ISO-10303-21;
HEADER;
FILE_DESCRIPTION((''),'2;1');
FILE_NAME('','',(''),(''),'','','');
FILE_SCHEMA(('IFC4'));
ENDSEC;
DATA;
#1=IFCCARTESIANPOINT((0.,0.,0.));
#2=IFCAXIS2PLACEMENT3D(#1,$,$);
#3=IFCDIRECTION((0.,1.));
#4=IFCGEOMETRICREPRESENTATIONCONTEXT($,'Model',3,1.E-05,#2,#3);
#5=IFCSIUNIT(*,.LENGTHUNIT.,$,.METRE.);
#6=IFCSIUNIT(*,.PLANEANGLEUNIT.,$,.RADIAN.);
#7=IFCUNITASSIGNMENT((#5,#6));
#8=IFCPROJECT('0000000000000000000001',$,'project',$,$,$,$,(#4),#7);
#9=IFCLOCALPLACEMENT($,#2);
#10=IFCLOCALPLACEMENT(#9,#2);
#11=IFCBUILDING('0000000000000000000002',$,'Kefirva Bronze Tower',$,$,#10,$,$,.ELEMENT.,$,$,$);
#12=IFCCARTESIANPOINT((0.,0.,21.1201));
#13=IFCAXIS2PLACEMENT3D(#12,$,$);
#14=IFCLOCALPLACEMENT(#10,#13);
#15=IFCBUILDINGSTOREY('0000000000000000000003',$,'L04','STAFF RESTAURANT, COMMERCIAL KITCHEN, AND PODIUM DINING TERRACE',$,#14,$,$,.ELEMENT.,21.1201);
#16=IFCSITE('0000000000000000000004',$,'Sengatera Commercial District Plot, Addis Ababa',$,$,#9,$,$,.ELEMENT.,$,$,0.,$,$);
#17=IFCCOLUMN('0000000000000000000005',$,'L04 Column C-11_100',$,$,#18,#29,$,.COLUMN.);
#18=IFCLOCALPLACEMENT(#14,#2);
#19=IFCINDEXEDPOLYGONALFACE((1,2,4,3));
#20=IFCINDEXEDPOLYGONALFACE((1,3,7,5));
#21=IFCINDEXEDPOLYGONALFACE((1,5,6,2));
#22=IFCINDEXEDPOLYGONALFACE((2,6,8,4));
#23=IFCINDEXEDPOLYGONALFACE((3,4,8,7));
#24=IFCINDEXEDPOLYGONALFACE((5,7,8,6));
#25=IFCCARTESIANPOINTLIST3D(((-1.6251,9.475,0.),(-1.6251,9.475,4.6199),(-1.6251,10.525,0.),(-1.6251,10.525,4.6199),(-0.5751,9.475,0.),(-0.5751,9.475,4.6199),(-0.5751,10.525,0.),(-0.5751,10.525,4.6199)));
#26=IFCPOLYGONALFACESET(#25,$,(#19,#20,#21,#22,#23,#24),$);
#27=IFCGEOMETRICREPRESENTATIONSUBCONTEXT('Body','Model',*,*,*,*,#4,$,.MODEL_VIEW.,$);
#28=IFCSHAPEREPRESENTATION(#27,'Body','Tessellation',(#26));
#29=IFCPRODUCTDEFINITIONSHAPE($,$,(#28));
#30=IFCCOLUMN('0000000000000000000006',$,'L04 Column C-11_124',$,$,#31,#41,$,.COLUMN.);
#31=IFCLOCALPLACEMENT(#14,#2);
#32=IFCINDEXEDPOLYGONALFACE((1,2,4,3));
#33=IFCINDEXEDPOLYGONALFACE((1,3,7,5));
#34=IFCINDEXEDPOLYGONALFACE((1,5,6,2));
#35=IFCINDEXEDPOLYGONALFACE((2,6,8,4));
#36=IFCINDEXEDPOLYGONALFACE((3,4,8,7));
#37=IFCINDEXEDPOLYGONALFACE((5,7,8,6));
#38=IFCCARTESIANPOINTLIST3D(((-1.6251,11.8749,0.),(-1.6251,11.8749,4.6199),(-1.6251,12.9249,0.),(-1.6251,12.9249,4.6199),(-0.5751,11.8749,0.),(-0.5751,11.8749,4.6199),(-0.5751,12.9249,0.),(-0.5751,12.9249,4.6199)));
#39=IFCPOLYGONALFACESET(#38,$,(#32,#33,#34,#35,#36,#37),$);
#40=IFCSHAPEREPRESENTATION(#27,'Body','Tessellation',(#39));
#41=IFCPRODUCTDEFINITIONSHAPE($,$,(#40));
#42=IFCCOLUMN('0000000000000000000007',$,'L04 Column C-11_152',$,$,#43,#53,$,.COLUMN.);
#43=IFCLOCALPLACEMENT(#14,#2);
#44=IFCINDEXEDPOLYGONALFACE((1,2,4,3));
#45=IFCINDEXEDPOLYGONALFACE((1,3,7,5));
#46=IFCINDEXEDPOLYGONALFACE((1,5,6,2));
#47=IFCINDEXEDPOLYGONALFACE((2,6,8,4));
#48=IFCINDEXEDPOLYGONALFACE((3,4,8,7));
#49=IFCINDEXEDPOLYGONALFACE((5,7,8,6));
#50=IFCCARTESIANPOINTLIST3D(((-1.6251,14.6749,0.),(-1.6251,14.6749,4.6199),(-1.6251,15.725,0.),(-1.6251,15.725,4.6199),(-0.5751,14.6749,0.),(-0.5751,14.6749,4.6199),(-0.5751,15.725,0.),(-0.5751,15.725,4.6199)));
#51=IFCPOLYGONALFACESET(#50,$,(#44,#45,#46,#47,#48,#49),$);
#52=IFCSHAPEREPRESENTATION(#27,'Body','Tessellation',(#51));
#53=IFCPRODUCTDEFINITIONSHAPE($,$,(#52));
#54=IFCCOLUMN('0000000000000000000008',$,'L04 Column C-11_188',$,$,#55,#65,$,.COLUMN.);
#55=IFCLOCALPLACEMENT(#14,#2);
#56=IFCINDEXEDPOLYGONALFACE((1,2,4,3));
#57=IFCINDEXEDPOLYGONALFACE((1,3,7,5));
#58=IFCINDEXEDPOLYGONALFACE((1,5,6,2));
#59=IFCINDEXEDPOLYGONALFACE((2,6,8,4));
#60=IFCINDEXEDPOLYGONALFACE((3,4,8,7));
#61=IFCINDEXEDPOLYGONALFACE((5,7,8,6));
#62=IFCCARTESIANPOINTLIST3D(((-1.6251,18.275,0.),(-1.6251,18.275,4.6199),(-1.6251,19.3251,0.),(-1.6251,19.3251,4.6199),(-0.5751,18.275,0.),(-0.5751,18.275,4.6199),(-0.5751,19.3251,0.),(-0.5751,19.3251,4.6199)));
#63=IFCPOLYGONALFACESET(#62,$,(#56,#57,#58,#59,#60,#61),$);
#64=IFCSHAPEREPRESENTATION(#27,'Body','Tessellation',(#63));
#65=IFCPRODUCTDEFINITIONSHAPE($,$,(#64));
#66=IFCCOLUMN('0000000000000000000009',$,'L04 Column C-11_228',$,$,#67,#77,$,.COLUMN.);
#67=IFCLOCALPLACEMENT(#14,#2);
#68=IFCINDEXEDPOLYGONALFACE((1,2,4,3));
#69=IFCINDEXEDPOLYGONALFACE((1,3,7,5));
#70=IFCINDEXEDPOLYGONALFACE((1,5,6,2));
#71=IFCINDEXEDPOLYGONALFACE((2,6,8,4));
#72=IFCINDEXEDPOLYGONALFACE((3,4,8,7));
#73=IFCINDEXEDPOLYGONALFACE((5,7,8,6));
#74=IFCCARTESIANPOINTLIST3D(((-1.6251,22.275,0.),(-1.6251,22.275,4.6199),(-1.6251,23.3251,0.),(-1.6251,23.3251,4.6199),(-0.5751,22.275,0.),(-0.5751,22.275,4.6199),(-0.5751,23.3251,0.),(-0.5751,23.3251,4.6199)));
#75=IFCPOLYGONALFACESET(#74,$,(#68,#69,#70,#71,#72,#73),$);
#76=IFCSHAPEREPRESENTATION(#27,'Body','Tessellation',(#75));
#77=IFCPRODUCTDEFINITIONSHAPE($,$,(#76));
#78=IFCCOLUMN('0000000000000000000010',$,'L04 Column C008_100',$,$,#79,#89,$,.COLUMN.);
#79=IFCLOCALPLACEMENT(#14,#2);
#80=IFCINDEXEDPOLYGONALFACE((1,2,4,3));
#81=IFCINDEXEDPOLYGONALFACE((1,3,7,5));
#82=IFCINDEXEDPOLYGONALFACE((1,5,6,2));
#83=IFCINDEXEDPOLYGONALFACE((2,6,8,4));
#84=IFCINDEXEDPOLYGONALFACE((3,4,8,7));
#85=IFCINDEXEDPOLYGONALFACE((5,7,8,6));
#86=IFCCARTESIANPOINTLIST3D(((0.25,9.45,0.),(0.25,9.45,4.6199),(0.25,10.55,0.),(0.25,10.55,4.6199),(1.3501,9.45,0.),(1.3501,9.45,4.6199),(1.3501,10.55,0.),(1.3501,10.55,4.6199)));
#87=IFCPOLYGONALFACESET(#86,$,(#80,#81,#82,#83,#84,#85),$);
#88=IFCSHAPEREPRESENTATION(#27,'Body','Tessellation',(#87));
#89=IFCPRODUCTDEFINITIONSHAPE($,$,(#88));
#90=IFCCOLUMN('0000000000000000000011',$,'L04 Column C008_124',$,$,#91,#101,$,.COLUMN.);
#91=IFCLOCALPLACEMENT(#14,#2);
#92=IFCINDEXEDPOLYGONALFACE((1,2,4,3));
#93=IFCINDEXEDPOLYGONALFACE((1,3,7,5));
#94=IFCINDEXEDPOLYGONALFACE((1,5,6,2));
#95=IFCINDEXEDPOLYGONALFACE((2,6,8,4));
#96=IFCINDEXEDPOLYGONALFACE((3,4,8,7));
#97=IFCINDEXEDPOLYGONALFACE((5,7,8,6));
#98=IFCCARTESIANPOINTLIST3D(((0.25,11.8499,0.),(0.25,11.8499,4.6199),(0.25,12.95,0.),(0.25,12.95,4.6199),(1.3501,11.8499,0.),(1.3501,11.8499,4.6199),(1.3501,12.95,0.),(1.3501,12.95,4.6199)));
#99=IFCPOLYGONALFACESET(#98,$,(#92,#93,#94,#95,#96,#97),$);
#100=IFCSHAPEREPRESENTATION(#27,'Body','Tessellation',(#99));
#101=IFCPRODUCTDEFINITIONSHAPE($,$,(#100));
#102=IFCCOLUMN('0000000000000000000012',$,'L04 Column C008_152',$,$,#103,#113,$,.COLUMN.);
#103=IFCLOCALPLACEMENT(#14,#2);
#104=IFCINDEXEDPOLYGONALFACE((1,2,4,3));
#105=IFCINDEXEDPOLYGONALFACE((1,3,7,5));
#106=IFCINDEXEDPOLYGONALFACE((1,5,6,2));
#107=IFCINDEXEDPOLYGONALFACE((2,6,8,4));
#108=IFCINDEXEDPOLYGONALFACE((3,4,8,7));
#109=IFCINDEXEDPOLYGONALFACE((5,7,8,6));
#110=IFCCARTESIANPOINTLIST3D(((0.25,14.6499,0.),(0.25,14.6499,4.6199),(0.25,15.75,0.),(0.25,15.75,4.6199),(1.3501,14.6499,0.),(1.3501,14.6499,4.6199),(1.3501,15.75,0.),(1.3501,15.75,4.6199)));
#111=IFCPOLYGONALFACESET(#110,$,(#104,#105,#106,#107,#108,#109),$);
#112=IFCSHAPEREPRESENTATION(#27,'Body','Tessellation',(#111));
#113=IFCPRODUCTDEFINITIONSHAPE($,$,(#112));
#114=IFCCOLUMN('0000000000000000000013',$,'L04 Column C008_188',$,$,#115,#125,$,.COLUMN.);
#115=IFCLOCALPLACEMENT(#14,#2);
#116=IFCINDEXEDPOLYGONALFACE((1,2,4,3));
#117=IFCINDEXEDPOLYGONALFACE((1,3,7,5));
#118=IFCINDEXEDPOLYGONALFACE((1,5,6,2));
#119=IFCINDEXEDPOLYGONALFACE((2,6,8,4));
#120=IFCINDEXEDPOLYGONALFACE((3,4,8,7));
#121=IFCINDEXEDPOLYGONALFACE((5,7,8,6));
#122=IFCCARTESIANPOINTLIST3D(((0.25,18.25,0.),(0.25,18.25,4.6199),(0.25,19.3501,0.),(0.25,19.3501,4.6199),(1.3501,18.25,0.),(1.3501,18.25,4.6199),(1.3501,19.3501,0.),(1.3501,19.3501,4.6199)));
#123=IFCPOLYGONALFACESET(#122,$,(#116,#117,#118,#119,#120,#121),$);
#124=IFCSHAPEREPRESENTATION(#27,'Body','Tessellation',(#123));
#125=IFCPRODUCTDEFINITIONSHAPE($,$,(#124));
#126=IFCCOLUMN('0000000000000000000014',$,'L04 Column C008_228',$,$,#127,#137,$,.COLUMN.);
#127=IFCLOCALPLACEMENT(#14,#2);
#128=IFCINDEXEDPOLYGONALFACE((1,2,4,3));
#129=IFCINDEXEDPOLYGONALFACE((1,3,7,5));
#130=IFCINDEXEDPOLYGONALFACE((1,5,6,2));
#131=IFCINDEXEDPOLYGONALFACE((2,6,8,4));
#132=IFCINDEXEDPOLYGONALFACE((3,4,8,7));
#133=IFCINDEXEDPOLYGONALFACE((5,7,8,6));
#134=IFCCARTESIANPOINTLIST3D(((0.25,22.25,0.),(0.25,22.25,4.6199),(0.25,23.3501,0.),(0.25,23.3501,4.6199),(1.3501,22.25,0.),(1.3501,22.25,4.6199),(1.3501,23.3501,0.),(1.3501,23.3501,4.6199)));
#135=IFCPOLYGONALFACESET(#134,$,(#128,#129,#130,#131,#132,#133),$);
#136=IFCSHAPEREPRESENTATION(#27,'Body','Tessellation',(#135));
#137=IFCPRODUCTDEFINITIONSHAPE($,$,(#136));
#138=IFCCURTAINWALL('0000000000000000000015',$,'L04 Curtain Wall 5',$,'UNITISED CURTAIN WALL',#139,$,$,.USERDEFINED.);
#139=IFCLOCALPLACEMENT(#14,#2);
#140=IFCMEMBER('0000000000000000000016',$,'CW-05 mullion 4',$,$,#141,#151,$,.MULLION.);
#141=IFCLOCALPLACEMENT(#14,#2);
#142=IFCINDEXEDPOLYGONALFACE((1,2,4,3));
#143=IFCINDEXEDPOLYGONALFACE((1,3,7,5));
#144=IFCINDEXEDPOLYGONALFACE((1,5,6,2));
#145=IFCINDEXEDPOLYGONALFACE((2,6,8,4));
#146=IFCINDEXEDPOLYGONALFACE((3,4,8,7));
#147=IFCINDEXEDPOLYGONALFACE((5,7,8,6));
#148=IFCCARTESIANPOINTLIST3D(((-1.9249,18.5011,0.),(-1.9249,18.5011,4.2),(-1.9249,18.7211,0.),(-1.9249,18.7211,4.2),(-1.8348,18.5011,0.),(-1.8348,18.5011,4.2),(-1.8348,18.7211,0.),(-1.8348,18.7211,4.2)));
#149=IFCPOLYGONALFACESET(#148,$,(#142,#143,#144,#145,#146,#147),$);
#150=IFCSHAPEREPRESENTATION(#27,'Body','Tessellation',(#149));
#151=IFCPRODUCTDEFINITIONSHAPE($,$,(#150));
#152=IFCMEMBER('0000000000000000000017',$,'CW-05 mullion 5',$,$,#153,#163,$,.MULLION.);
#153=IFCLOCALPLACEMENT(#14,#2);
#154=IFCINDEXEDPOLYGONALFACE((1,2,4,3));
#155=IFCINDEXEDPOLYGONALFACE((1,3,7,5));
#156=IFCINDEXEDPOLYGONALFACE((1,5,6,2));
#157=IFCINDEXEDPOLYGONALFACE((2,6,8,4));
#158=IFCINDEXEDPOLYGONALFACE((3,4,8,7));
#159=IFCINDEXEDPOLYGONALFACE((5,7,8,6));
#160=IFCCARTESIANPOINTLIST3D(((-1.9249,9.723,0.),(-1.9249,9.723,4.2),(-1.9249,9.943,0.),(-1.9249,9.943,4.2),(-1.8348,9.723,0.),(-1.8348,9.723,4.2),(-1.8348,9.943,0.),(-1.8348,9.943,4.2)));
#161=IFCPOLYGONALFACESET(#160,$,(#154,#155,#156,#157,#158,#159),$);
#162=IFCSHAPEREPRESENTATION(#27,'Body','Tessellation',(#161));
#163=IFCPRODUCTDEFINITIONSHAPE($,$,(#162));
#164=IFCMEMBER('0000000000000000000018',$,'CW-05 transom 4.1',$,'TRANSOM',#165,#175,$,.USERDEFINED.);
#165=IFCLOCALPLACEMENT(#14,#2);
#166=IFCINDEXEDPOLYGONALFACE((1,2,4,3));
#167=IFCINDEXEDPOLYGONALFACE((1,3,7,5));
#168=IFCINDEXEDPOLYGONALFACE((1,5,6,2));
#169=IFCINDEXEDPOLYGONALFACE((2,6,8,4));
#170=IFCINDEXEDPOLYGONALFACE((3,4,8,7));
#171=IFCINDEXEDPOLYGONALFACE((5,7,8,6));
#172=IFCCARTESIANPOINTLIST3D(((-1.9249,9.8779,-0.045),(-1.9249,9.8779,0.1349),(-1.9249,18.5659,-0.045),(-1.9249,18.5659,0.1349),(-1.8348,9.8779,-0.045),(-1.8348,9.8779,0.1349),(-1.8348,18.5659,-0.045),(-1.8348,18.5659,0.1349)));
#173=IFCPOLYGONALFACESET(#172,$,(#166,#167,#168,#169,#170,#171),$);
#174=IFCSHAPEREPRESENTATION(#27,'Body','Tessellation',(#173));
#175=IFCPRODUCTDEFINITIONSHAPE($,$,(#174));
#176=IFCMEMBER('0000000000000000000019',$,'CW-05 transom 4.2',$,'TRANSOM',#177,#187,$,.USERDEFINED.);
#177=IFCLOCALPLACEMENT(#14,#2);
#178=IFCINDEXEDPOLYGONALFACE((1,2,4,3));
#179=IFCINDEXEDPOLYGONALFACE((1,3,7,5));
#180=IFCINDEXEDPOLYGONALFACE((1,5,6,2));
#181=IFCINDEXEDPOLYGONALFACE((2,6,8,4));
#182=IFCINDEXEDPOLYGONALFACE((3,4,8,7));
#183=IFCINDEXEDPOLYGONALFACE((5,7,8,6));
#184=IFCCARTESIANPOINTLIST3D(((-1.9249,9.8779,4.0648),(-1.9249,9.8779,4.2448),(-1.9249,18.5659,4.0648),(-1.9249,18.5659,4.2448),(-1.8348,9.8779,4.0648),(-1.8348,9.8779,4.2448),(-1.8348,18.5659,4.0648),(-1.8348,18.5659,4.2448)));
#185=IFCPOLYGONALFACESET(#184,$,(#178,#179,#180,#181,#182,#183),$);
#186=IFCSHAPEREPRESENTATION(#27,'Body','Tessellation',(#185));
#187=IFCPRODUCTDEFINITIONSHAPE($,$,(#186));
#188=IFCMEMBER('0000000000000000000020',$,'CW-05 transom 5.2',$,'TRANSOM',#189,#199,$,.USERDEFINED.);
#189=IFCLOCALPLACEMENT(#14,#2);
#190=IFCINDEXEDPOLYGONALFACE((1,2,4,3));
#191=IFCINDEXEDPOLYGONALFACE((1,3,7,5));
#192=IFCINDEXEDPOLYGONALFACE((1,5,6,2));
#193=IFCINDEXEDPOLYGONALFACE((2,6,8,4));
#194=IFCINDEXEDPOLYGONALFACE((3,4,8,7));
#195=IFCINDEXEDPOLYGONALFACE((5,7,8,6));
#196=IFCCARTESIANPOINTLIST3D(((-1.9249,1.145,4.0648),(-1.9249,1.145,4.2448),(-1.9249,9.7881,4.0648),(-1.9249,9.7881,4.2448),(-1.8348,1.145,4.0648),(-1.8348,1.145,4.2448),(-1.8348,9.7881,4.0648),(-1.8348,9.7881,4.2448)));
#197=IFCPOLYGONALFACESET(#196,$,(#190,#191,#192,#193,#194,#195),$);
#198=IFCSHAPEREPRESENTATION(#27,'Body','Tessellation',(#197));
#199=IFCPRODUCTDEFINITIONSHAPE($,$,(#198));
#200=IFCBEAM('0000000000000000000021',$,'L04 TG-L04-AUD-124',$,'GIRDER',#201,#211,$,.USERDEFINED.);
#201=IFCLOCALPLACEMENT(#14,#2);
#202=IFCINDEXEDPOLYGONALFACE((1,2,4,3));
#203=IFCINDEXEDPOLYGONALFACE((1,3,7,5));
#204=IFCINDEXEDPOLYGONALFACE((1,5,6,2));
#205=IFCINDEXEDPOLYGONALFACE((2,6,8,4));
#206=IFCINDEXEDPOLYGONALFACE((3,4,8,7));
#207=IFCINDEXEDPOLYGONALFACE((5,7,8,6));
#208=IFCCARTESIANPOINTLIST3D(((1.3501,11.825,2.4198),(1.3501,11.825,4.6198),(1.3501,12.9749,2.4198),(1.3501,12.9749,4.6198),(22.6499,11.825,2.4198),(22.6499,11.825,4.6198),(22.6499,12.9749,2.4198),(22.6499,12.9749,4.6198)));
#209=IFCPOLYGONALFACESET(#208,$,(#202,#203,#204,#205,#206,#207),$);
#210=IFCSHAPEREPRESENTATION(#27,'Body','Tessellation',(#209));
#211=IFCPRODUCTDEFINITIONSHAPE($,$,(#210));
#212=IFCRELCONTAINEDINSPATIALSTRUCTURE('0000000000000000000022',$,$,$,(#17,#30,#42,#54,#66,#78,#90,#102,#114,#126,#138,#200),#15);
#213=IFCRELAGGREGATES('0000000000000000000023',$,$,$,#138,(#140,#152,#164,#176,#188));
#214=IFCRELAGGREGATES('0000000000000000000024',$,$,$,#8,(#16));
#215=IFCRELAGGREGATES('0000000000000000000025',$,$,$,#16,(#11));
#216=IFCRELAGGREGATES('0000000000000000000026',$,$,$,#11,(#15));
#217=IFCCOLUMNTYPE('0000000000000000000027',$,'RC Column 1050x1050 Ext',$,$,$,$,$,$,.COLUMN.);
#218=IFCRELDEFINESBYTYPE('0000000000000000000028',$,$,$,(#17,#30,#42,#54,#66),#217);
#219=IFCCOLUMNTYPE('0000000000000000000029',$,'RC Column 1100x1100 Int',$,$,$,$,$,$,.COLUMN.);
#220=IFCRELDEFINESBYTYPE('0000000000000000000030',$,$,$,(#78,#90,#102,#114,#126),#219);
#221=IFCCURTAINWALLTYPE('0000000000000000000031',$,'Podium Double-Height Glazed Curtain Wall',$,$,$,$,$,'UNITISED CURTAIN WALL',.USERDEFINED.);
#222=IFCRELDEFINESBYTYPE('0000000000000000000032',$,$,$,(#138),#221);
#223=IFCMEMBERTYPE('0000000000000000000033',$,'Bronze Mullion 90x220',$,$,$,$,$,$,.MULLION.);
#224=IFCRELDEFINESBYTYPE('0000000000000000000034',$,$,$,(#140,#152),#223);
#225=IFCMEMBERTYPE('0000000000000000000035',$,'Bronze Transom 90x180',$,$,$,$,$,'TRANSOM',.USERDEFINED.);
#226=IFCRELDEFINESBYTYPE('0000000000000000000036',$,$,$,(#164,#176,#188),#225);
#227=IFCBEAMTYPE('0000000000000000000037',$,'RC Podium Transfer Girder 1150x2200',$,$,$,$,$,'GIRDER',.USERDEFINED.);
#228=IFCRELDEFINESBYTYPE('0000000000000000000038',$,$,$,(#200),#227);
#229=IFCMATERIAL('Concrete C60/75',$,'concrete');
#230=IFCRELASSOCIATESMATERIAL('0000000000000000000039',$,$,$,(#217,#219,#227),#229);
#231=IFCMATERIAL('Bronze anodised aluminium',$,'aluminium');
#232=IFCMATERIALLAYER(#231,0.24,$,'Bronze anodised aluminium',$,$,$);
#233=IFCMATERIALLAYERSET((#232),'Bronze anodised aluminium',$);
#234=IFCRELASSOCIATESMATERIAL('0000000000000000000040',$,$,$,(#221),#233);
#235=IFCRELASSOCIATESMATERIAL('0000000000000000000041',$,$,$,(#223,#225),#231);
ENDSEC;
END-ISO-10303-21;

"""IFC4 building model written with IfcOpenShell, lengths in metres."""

from ifc_helpers import new_model, si_unit, direction, frame, origin, origin_2d, place, context, subcontext, project, spatial, rectangle, extrude, material, layer, layer_set, material_profile, profile_set, type_object, element, aggregate, save


model = new_model("IFC4")

# Units and contexts
model_context = context("Model", 3, precision=1e-05, world=origin(), true_north=direction((0.0, 1.0)))
body_context = subcontext(model_context, "Body", "Model", "MODEL_VIEW")
ifc_project = project(units=[si_unit("LENGTHUNIT", "METRE"), si_unit("PLANEANGLEUNIT", "RADIAN")], contexts=[model_context])

# Site, building, storey
site_placement = place(None, origin())
site = spatial("IfcSite", under=ifc_project, at=site_placement, Name="Sengatera Commercial District Plot, Addis Ababa", CompositionType="ELEMENT", RefElevation=0.0)
building_placement = place(site_placement, origin())
building = spatial("IfcBuilding", under=site, at=building_placement, Name="Kefirva Bronze Tower", CompositionType="ELEMENT")
storey_placement = place(building_placement, frame((0.0, 0.0, 21.1201)))
storey = spatial("IfcBuildingStorey", under=building, at=storey_placement, Name="L04", Description="STAFF RESTAURANT, COMMERCIAL KITCHEN, AND PODIUM DINING TERRACE", CompositionType="ELEMENT", Elevation=21.1201)

# Columns
ifc_material_1 = material(Name="Concrete C60/75", Category="concrete")
ifc_material_profile_1 = material_profile(ifc_material_1, rectangle(XDim=1.05, YDim=1.05, at=origin_2d()), Name="RC 1050x1050")
ifc_profile_set_1 = profile_set([ifc_material_profile_1], Name="Concrete C60/75")
column_type_1 = type_object("IfcColumnType", Name="RC Column 1050x1050 Ext", PredefinedType="COLUMN", material=ifc_profile_set_1)
for number, where, z_axis, x_axis, name in (
    (1, (-1.1001, 10.0, 0.0), (0.0, 0.0, 1.0), (1.0, 0.0, 0.0), "L04 Column C-11_100"),
    (2, (-1.1001, 12.3999, 0.0), (0.0, 0.0, 1.0), (1.0, 0.0, 0.0), "L04 Column C-11_124"),
    (3, (-1.1001, 15.2, 0.0), (0.0, 0.0, 1.0), (1.0, 0.0, 0.0), "L04 Column C-11_152"),
    (4, (-1.1001, 18.8, 0.0), (0.0, 0.0, 1.0), (1.0, 0.0, 0.0), "L04 Column C-11_188"),
    (5, (-1.1001, 22.8, 0.0), (0.0, 0.0, 1.0), (1.0, 0.0, 0.0), "L04 Column C-11_228"),
):
    element("IfcColumn", number, at=place(storey_placement, frame(where, z_axis=z_axis, x_axis=x_axis)), inside=storey, type_object=column_type_1, Name=name, PredefinedType="COLUMN", context=body_context, shape_type="SweptSolid", body=[
        extrude(rectangle(XDim=1.05, YDim=1.05, at=origin_2d()), origin(), (0.0, 0.0, 1.0), 4.6199),
    ])
ifc_material_profile_2 = material_profile(ifc_material_1, rectangle(XDim=1.1001, YDim=1.1001, at=origin_2d()), Name="RC 1100x1100")
ifc_profile_set_2 = profile_set([ifc_material_profile_2], Name="Concrete C60/75")
column_type_2 = type_object("IfcColumnType", Name="RC Column 1100x1100 Int", PredefinedType="COLUMN", material=ifc_profile_set_2)
for number, where, z_axis, x_axis, name in (
    (6, (0.8, 10.0, 0.0), (0.0, 0.0, 1.0), (1.0, 0.0, 0.0), "L04 Column C008_100"),
    (7, (0.8, 12.3999, 0.0), (0.0, 0.0, 1.0), (1.0, 0.0, 0.0), "L04 Column C008_124"),
    (8, (0.8, 15.2, 0.0), (0.0, 0.0, 1.0), (1.0, 0.0, 0.0), "L04 Column C008_152"),
    (9, (0.8, 18.8, 0.0), (0.0, 0.0, 1.0), (1.0, 0.0, 0.0), "L04 Column C008_188"),
    (10, (0.8, 22.8, 0.0), (0.0, 0.0, 1.0), (1.0, 0.0, 0.0), "L04 Column C008_228"),
):
    element("IfcColumn", number, at=place(storey_placement, frame(where, z_axis=z_axis, x_axis=x_axis)), inside=storey, type_object=column_type_2, Name=name, PredefinedType="COLUMN", context=body_context, shape_type="SweptSolid", body=[
        extrude(rectangle(XDim=1.1001, YDim=1.1001, at=origin_2d()), origin(), (0.0, 0.0, 1.0), 4.6199),
    ])

# Curtain wall, members
ifc_material_2 = material(Name="Bronze anodised aluminium", Category="aluminium")
ifc_layer_1 = layer(ifc_material_2, 0.24, Name="Bronze anodised aluminium")
ifc_layer_set_1 = layer_set([ifc_layer_1], Name="Bronze anodised aluminium")
curtain_wall_type = type_object("IfcCurtainWallType", Name="Podium Double-Height Glazed Curtain Wall", ElementType="UNITISED CURTAIN WALL", PredefinedType="USERDEFINED", material=ifc_layer_set_1)
curtain_wall_placement = place(storey_placement, origin())
curtain_wall = element("IfcCurtainWall", 11, at=curtain_wall_placement, inside=storey, type_object=curtain_wall_type, Name="L04 Curtain Wall 5", ObjectType="UNITISED CURTAIN WALL", PredefinedType="USERDEFINED")
ifc_material_profile_3 = material_profile(ifc_material_2, rectangle(XDim=0.0901, YDim=0.22, at=origin_2d()), Name="ALU 90x220")
ifc_profile_set_3 = profile_set([ifc_material_profile_3], Name="Bronze anodised aluminium")
member_type_1 = type_object("IfcMemberType", Name="Bronze Mullion 90x220", PredefinedType="MULLION", material=ifc_profile_set_3)
member_1_placement = place(storey_placement, frame((-1.8799, 18.6111, 0.0), z_axis=(0.0, 0.0, 1.0), x_axis=(1.0, 0.0, 0.0)))
member_1 = element("IfcMember", 12, at=member_1_placement, type_object=member_type_1, Name="CW-05 mullion 4", PredefinedType="MULLION", context=body_context, shape_type="SweptSolid", body=[
    extrude(rectangle(XDim=0.0901, YDim=0.22, at=origin_2d()), origin(), (0.0, 0.0, 1.0), 4.2),
])
member_2_placement = place(storey_placement, frame((-1.8799, 9.833, 0.0), z_axis=(0.0, 0.0, 1.0), x_axis=(1.0, 0.0, 0.0)))
member_2 = element("IfcMember", 13, at=member_2_placement, type_object=member_type_1, Name="CW-05 mullion 5", PredefinedType="MULLION", context=body_context, shape_type="SweptSolid", body=[
    extrude(rectangle(XDim=0.0901, YDim=0.22, at=origin_2d()), origin(), (0.0, 0.0, 1.0), 4.2),
])
ifc_material_profile_4 = material_profile(ifc_material_2, rectangle(XDim=0.0901, YDim=0.1799, at=origin_2d()), Name="ALU 90x180")
ifc_profile_set_4 = profile_set([ifc_material_profile_4], Name="Bronze anodised aluminium")
member_type_2 = type_object("IfcMemberType", Name="Bronze Transom 90x180", ElementType="TRANSOM", PredefinedType="USERDEFINED", material=ifc_profile_set_4)
member_3_placement = place(storey_placement, frame((-1.8799, 18.5659, 0.0449), z_axis=(0.0, -1.0, 0.0), x_axis=(1.0, 0.0, 0.0)))
member_3 = element("IfcMember", 14, at=member_3_placement, type_object=member_type_2, Name="CW-05 transom 4.1", ObjectType="TRANSOM", PredefinedType="USERDEFINED", context=body_context, shape_type="SweptSolid", body=[
    extrude(rectangle(XDim=0.0901, YDim=0.1799, at=origin_2d()), origin(), (0.0, 0.0, 1.0), 8.688),
])
member_4_placement = place(storey_placement, frame((-1.8799, 18.5659, 4.1548), z_axis=(0.0, -1.0, 0.0), x_axis=(1.0, 0.0, 0.0)))
member_4 = element("IfcMember", 15, at=member_4_placement, type_object=member_type_2, Name="CW-05 transom 4.2", ObjectType="TRANSOM", PredefinedType="USERDEFINED", context=body_context, shape_type="SweptSolid", body=[
    extrude(rectangle(XDim=0.0901, YDim=0.1799, at=origin_2d()), origin(), (0.0, 0.0, 1.0), 8.688),
])
member_5_placement = place(storey_placement, frame((-1.8799, 9.7881, 4.1548), z_axis=(0.0, -1.0, 0.0), x_axis=(1.0, 0.0, 0.0)))
member_5 = element("IfcMember", 16, at=member_5_placement, type_object=member_type_2, Name="CW-05 transom 5.2", ObjectType="TRANSOM", PredefinedType="USERDEFINED", context=body_context, shape_type="SweptSolid", body=[
    extrude(rectangle(XDim=0.0901, YDim=0.1799, at=origin_2d()), origin(), (0.0, 0.0, 1.0), 8.6431),
])

# Beam
ifc_material_profile_5 = material_profile(ifc_material_1, rectangle(XDim=1.1499, YDim=2.2, at=origin_2d()), Name="RC 1150x2200")
ifc_profile_set_5 = profile_set([ifc_material_profile_5], Name="Concrete C60/75")
beam_type_1 = type_object("IfcBeamType", Name="RC Podium Transfer Girder 1150x2200", ElementType="GIRDER", PredefinedType="USERDEFINED", material=ifc_profile_set_5)
for number, where, z_axis, x_axis, name in (
    (17, (1.3501, 12.3999, 3.5198), (1.0, 0.0, 0.0), (0.0, 1.0, 0.0), "L04 TG-L04-AUD-124"),
):
    element("IfcBeam", number, at=place(storey_placement, frame(where, z_axis=z_axis, x_axis=x_axis)), inside=storey, type_object=beam_type_1, Name=name, ObjectType="GIRDER", PredefinedType="USERDEFINED", context=body_context, shape_type="SweptSolid", body=[
        extrude(rectangle(XDim=1.1499, YDim=2.2, at=origin_2d()), origin(), (0.0, 0.0, 1.0), 21.2998),
    ])

aggregate(curtain_wall, [member_1, member_2, member_3, member_4, member_5])

save(model, "model.ifc")
